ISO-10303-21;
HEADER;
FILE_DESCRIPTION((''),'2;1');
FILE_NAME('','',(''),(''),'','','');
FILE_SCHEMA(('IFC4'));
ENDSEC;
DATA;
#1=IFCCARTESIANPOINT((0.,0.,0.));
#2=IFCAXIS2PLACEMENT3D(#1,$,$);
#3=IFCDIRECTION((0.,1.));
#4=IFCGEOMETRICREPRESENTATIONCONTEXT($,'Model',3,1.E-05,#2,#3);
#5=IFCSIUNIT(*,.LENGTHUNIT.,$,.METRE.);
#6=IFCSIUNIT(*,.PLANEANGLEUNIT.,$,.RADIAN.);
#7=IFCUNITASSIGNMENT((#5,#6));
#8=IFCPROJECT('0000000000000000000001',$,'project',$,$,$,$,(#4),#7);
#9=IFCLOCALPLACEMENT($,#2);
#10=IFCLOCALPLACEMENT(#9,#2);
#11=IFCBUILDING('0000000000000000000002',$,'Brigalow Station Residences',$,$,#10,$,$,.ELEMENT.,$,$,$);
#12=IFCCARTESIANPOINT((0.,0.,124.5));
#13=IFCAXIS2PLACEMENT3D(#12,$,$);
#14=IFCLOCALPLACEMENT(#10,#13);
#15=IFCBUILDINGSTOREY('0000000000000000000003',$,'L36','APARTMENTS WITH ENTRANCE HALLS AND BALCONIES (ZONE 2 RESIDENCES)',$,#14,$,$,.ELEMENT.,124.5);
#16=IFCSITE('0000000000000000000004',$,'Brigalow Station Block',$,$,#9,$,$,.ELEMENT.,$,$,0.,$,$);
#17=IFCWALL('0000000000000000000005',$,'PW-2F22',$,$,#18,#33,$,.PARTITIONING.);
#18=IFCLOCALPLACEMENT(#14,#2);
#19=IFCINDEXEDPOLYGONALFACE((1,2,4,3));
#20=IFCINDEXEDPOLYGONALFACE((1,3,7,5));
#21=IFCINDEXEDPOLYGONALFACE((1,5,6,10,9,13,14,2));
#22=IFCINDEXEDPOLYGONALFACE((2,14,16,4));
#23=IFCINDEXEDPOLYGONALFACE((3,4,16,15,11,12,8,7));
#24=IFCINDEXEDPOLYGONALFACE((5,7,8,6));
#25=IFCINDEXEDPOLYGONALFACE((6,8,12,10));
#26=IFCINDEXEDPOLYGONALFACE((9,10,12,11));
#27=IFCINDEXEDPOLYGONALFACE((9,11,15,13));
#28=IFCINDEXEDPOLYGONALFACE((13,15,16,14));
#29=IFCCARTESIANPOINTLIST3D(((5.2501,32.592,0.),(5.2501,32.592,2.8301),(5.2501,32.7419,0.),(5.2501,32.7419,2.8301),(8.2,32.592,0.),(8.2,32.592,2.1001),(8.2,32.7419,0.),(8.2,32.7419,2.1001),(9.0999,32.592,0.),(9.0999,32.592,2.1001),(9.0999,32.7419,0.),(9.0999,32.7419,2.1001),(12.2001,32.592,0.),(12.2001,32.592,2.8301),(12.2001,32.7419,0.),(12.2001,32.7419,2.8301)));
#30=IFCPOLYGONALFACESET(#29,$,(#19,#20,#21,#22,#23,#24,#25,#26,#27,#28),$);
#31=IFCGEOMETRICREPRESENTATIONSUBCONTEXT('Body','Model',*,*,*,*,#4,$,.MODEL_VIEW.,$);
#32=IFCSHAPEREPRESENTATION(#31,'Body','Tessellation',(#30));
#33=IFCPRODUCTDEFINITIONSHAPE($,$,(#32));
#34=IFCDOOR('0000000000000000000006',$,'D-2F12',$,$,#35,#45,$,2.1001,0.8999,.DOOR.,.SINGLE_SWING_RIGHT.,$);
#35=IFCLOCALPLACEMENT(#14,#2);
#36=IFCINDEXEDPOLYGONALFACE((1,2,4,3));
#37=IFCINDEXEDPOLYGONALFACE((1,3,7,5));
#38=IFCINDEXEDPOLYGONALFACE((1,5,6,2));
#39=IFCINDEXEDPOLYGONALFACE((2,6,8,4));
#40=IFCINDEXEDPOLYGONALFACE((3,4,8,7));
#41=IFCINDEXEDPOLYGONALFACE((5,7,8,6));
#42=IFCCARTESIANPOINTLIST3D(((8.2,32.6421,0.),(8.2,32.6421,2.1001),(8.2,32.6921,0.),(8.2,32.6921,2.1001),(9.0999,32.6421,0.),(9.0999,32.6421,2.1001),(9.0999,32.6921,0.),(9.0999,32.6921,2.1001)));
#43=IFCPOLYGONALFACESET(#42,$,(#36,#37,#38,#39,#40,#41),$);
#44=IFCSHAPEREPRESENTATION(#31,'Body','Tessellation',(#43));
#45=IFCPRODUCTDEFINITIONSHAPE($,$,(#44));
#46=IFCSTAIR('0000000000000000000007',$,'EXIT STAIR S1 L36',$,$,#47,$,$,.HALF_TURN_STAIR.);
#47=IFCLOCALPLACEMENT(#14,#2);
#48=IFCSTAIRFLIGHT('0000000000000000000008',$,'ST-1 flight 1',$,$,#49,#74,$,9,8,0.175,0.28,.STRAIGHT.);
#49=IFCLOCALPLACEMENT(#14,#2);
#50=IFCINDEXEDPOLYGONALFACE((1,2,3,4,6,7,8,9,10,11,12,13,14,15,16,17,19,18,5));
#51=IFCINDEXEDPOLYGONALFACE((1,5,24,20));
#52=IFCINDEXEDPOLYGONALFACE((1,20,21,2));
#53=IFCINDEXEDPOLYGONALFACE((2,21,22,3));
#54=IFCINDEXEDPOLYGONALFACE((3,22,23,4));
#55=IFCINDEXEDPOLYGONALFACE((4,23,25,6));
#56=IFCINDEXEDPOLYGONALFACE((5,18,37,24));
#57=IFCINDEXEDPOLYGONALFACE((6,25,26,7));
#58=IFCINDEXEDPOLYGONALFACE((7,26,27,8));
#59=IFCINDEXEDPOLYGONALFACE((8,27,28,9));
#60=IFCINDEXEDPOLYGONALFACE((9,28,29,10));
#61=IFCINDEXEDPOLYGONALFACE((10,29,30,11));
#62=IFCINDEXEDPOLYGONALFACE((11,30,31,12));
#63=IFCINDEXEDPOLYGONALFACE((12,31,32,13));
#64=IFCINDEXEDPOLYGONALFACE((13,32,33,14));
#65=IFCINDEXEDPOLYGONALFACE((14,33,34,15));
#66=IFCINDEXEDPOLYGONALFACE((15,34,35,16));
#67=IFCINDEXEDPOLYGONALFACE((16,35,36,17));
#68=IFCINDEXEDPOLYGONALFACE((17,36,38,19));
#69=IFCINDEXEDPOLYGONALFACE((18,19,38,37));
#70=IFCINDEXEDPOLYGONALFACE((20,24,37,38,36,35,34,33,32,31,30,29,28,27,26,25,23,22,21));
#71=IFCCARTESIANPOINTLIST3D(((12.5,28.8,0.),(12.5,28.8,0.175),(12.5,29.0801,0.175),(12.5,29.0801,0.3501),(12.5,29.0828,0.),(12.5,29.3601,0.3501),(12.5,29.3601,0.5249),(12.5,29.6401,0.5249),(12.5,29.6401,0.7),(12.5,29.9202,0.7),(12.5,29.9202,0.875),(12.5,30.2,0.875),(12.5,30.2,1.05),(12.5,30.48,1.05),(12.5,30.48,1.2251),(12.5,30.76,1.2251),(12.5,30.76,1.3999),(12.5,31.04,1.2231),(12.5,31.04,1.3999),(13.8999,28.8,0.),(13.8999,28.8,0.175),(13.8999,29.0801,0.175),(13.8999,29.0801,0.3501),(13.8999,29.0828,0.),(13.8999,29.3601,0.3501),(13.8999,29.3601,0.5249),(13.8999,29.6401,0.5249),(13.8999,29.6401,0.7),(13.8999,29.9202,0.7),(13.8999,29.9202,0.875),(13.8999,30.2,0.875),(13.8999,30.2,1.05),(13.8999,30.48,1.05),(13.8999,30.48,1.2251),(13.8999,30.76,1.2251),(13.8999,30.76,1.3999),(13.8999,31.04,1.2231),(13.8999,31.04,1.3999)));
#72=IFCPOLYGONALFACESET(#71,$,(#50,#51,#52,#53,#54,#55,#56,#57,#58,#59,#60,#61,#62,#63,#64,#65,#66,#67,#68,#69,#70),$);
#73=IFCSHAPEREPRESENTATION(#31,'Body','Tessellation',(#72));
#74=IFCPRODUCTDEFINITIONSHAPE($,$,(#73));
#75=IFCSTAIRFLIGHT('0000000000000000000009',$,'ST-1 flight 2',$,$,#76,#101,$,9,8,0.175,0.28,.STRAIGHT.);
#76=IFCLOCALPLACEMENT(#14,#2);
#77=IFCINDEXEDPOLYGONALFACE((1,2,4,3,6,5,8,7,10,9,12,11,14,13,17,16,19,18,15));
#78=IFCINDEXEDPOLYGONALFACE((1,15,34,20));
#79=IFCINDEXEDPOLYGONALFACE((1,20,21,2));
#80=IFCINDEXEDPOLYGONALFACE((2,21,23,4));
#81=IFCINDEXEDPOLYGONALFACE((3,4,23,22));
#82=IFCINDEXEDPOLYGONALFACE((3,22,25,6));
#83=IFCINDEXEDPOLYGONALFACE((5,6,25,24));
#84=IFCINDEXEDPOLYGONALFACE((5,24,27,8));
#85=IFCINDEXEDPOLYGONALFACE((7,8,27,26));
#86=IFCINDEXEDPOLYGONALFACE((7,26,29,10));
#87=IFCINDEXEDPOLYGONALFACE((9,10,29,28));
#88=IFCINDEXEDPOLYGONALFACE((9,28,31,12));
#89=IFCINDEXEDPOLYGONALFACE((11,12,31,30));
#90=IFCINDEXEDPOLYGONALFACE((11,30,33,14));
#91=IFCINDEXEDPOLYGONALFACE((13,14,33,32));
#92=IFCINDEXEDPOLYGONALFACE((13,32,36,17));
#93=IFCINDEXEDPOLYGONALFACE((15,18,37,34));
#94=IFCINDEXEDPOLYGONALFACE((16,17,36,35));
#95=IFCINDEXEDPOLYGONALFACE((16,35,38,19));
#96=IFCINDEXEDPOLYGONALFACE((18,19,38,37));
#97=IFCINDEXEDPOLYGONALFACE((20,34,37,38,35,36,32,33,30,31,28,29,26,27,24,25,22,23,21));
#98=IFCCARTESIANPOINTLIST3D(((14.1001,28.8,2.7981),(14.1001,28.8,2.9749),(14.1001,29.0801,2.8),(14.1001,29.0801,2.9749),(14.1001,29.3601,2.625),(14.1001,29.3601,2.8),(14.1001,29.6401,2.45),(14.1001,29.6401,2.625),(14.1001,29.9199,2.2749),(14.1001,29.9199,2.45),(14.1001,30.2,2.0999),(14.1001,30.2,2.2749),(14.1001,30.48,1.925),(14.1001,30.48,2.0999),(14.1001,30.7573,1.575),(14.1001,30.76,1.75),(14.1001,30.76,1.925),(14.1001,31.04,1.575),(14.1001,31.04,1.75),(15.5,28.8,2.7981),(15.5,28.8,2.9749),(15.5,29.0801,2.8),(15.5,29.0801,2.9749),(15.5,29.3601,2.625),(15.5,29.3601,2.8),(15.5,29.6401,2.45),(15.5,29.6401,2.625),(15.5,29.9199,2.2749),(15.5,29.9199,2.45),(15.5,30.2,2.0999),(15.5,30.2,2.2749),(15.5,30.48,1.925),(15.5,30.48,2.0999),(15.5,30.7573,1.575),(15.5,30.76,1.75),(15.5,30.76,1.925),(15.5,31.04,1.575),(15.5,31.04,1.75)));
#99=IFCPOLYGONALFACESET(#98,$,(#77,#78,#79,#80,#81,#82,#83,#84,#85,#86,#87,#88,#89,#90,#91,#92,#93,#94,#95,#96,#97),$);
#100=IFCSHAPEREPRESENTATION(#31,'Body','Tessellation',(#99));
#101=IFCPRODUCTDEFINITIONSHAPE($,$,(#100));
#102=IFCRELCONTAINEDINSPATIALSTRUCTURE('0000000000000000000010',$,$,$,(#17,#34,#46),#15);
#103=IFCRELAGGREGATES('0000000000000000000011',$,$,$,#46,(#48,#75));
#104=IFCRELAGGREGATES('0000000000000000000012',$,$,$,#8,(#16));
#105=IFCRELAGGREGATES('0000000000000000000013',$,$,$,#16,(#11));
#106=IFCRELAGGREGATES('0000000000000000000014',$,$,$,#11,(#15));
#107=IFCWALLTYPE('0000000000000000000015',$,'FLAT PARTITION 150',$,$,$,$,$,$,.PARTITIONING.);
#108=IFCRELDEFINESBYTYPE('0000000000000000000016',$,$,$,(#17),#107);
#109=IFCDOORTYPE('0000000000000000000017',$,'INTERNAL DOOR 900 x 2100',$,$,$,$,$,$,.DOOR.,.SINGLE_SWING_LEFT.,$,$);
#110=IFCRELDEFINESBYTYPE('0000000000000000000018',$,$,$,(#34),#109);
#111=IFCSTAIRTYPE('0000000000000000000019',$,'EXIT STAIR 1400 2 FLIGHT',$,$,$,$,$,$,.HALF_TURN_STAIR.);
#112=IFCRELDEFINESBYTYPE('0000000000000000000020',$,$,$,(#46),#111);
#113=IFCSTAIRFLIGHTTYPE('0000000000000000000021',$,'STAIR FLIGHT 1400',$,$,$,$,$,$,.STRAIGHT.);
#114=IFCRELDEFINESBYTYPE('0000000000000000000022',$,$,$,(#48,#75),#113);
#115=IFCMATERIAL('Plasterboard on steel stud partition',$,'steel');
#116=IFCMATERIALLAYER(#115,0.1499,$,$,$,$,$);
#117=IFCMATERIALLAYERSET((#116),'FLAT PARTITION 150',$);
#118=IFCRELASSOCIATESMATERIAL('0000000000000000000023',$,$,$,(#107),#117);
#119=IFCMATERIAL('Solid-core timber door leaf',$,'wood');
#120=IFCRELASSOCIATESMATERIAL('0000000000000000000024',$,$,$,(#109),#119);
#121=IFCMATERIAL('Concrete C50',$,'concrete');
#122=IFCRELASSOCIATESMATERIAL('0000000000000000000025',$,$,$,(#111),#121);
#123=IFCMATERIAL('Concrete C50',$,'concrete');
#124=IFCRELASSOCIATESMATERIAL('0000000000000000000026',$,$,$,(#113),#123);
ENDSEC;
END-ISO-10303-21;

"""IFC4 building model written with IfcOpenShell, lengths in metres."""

from ifc_helpers import new_model, si_unit, direction, frame, frame_2d, origin, place, context, subcontext, project, spatial, polyline, rectangle, outline, extrude, material, layer, layer_set, type_object, element, fill, aggregate, save


model = new_model("IFC4")

# Units and contexts
model_context = context("Model", 3, precision=1e-05, world=origin(), true_north=direction((0.0, 1.0)))
body_context = subcontext(model_context, "Body", "Model", "MODEL_VIEW")
ifc_project = project(units=[si_unit("LENGTHUNIT", "METRE"), si_unit("PLANEANGLEUNIT", "RADIAN")], contexts=[model_context])

# Site, building, storey
site_placement = place(None, origin())
site = spatial("IfcSite", under=ifc_project, at=site_placement, Name="Brigalow Station Block", CompositionType="ELEMENT", RefElevation=0.0)
building_placement = place(site_placement, origin())
building = spatial("IfcBuilding", under=site, at=building_placement, Name="Brigalow Station Residences", CompositionType="ELEMENT")
storey_placement = place(building_placement, frame((0.0, 0.0, 124.5)))
storey = spatial("IfcBuildingStorey", under=building, at=storey_placement, Name="L36", Description="APARTMENTS WITH ENTRANCE HALLS AND BALCONIES (ZONE 2 RESIDENCES)", CompositionType="ELEMENT", Elevation=124.5)

# Wall, opening, door
ifc_material_1 = material(Name="Plasterboard on steel stud partition", Category="steel")
ifc_layer_1 = layer(ifc_material_1, 0.1499)
ifc_layer_set_1 = layer_set([ifc_layer_1], Name="FLAT PARTITION 150")
wall_type_1 = type_object("IfcWallType", Name="FLAT PARTITION 150", PredefinedType="PARTITIONING", material=ifc_layer_set_1)
ifc_material_2 = material(Name="Solid-core timber door leaf", Category="wood")
door_type_1 = type_object("IfcDoorType", Name="INTERNAL DOOR 900 x 2100", OperationType="SINGLE_SWING_LEFT", PredefinedType="DOOR", material=ifc_material_2)
wall_1_placement = place(storey_placement, frame((5.25, 32.667, 0.0), z_axis=(0.0, 0.0, 1.0), x_axis=(1.0, 0.0, 0.0)))
wall_1 = element("IfcWall", 1, at=wall_1_placement, inside=storey, type_object=wall_type_1, Name="PW-2F22", PredefinedType="PARTITIONING", context=body_context, shape_type="SweptSolid", body=[
    extrude(rectangle(XDim=6.95, YDim=0.1499, at=frame_2d((3.4751, 0.0))), origin(), (0.0, 0.0, 1.0), 2.8301),
])
opening_1_placement = place(wall_1_placement, frame((2.95, 0.0, 0.0)))
opening_1 = element("IfcOpeningElement", 2, at=opening_1_placement, cuts=wall_1, PredefinedType="OPENING", context=body_context, shape_type="SweptSolid", body=[
    extrude(rectangle(XDim=0.8999, YDim=2.1001, at=frame_2d((0.45, 1.05))), frame((0.0, 0.085, 0.0), z_axis=(0.0, -1.0, 0.0), x_axis=(1.0, 0.0, 0.0)), (0.0, 0.0, 1.0), 0.1699),
])
door_1_placement = place(opening_1_placement, frame((0.8999, 0.0, 0.0), z_axis=(0.0, 0.0, 1.0), x_axis=(-1.0, 0.0, 0.0)))
door_1 = element("IfcDoor", 3, at=door_1_placement, inside=storey, type_object=door_type_1, Name="D-2F12", OperationType="SINGLE_SWING_RIGHT", OverallHeight=2.1001, OverallWidth=0.8999, PredefinedType="DOOR", context=body_context, shape_type="SweptSolid", body=[
    extrude(rectangle(XDim=0.8999, YDim=2.1001, at=frame_2d((0.45, 1.05))), frame((0.0, 0.0249, 0.0), z_axis=(0.0, -1.0, 0.0), x_axis=(1.0, 0.0, 0.0)), (0.0, 0.0, 1.0), 0.05),
])
fill(opening_1, door_1)

# Stair, stair flights
ifc_material_3 = material(Name="Concrete C50", Category="concrete")
stair_type = type_object("IfcStairType", Name="EXIT STAIR 1400 2 FLIGHT", PredefinedType="HALF_TURN_STAIR", material=ifc_material_3)
stair_placement = place(storey_placement, origin())
stair = element("IfcStair", 4, at=stair_placement, inside=storey, type_object=stair_type, Name="EXIT STAIR S1 L36", PredefinedType="HALF_TURN_STAIR")
ifc_material_4 = material(Name="Concrete C50", Category="concrete")
stair_flight_type = type_object("IfcStairFlightType", Name="STAIR FLIGHT 1400", PredefinedType="STRAIGHT", material=ifc_material_4)
stair_flight_1_placement = place(storey_placement, frame((13.2, 28.8, 0.0), z_axis=(0.0, 0.0, 1.0), x_axis=(0.0, 1.0, 0.0)))
stair_flight_1 = element("IfcStairFlight", 5, at=stair_flight_1_placement, type_object=stair_flight_type, Name="ST-1 flight 1", NumberOfRisers=9, NumberOfTreads=8, PredefinedType="STRAIGHT", RiserHeight=0.175, TreadLength=0.28, context=body_context, shape_type="SweptSolid", body=[
    extrude(outline(polyline([(0.0, 0.0), (0.0, 0.175), (0.28, 0.175), (0.28, 0.3501), (0.5601, 0.3501), (0.5601, 0.5249), (0.8401, 0.5249), (0.8401, 0.7), (1.1201, 0.7), (1.1201, 0.875), (1.3999, 0.875), (1.3999, 1.05), (1.6799, 1.05), (1.6799, 1.2251), (1.96, 1.2251), (1.96, 1.3999), (2.24, 1.3999), (2.24, 1.575), (2.24, 1.2231), (0.2827, 0.0), (0.0, 0.0)])), frame((0.0, 0.7, 0.0), z_axis=(0.0, -1.0, 0.0), x_axis=(1.0, 0.0, 0.0)), (0.0, 0.0, 1.0), 1.3999),
])
stair_flight_2_placement = place(storey_placement, frame((14.8, 31.04, 1.575), z_axis=(0.0, 0.0, 1.0), x_axis=(0.0, -1.0, 0.0)))
stair_flight_2 = element("IfcStairFlight", 6, at=stair_flight_2_placement, type_object=stair_flight_type, Name="ST-1 flight 2", NumberOfRisers=9, NumberOfTreads=8, PredefinedType="STRAIGHT", RiserHeight=0.175, TreadLength=0.28, context=body_context, shape_type="SweptSolid", body=[
    extrude(outline(polyline([(0.0, 0.0), (0.0, 0.175), (0.28, 0.175), (0.28, 0.3501), (0.5601, 0.3501), (0.5601, 0.5249), (0.8401, 0.5249), (0.8401, 0.7), (1.1201, 0.7), (1.1201, 0.875), (1.3999, 0.875), (1.3999, 1.05), (1.6799, 1.05), (1.6799, 1.2251), (1.96, 1.2251), (1.96, 1.3999), (2.24, 1.3999), (2.24, 1.575), (2.24, 1.2231), (0.2827, 0.0), (0.0, 0.0)])), frame((0.0, 0.7, 0.0), z_axis=(0.0, -1.0, 0.0), x_axis=(1.0, 0.0, 0.0)), (0.0, 0.0, 1.0), 1.3999),
])
aggregate(stair, [stair_flight_1, stair_flight_2])

save(model, "model.ifc")
